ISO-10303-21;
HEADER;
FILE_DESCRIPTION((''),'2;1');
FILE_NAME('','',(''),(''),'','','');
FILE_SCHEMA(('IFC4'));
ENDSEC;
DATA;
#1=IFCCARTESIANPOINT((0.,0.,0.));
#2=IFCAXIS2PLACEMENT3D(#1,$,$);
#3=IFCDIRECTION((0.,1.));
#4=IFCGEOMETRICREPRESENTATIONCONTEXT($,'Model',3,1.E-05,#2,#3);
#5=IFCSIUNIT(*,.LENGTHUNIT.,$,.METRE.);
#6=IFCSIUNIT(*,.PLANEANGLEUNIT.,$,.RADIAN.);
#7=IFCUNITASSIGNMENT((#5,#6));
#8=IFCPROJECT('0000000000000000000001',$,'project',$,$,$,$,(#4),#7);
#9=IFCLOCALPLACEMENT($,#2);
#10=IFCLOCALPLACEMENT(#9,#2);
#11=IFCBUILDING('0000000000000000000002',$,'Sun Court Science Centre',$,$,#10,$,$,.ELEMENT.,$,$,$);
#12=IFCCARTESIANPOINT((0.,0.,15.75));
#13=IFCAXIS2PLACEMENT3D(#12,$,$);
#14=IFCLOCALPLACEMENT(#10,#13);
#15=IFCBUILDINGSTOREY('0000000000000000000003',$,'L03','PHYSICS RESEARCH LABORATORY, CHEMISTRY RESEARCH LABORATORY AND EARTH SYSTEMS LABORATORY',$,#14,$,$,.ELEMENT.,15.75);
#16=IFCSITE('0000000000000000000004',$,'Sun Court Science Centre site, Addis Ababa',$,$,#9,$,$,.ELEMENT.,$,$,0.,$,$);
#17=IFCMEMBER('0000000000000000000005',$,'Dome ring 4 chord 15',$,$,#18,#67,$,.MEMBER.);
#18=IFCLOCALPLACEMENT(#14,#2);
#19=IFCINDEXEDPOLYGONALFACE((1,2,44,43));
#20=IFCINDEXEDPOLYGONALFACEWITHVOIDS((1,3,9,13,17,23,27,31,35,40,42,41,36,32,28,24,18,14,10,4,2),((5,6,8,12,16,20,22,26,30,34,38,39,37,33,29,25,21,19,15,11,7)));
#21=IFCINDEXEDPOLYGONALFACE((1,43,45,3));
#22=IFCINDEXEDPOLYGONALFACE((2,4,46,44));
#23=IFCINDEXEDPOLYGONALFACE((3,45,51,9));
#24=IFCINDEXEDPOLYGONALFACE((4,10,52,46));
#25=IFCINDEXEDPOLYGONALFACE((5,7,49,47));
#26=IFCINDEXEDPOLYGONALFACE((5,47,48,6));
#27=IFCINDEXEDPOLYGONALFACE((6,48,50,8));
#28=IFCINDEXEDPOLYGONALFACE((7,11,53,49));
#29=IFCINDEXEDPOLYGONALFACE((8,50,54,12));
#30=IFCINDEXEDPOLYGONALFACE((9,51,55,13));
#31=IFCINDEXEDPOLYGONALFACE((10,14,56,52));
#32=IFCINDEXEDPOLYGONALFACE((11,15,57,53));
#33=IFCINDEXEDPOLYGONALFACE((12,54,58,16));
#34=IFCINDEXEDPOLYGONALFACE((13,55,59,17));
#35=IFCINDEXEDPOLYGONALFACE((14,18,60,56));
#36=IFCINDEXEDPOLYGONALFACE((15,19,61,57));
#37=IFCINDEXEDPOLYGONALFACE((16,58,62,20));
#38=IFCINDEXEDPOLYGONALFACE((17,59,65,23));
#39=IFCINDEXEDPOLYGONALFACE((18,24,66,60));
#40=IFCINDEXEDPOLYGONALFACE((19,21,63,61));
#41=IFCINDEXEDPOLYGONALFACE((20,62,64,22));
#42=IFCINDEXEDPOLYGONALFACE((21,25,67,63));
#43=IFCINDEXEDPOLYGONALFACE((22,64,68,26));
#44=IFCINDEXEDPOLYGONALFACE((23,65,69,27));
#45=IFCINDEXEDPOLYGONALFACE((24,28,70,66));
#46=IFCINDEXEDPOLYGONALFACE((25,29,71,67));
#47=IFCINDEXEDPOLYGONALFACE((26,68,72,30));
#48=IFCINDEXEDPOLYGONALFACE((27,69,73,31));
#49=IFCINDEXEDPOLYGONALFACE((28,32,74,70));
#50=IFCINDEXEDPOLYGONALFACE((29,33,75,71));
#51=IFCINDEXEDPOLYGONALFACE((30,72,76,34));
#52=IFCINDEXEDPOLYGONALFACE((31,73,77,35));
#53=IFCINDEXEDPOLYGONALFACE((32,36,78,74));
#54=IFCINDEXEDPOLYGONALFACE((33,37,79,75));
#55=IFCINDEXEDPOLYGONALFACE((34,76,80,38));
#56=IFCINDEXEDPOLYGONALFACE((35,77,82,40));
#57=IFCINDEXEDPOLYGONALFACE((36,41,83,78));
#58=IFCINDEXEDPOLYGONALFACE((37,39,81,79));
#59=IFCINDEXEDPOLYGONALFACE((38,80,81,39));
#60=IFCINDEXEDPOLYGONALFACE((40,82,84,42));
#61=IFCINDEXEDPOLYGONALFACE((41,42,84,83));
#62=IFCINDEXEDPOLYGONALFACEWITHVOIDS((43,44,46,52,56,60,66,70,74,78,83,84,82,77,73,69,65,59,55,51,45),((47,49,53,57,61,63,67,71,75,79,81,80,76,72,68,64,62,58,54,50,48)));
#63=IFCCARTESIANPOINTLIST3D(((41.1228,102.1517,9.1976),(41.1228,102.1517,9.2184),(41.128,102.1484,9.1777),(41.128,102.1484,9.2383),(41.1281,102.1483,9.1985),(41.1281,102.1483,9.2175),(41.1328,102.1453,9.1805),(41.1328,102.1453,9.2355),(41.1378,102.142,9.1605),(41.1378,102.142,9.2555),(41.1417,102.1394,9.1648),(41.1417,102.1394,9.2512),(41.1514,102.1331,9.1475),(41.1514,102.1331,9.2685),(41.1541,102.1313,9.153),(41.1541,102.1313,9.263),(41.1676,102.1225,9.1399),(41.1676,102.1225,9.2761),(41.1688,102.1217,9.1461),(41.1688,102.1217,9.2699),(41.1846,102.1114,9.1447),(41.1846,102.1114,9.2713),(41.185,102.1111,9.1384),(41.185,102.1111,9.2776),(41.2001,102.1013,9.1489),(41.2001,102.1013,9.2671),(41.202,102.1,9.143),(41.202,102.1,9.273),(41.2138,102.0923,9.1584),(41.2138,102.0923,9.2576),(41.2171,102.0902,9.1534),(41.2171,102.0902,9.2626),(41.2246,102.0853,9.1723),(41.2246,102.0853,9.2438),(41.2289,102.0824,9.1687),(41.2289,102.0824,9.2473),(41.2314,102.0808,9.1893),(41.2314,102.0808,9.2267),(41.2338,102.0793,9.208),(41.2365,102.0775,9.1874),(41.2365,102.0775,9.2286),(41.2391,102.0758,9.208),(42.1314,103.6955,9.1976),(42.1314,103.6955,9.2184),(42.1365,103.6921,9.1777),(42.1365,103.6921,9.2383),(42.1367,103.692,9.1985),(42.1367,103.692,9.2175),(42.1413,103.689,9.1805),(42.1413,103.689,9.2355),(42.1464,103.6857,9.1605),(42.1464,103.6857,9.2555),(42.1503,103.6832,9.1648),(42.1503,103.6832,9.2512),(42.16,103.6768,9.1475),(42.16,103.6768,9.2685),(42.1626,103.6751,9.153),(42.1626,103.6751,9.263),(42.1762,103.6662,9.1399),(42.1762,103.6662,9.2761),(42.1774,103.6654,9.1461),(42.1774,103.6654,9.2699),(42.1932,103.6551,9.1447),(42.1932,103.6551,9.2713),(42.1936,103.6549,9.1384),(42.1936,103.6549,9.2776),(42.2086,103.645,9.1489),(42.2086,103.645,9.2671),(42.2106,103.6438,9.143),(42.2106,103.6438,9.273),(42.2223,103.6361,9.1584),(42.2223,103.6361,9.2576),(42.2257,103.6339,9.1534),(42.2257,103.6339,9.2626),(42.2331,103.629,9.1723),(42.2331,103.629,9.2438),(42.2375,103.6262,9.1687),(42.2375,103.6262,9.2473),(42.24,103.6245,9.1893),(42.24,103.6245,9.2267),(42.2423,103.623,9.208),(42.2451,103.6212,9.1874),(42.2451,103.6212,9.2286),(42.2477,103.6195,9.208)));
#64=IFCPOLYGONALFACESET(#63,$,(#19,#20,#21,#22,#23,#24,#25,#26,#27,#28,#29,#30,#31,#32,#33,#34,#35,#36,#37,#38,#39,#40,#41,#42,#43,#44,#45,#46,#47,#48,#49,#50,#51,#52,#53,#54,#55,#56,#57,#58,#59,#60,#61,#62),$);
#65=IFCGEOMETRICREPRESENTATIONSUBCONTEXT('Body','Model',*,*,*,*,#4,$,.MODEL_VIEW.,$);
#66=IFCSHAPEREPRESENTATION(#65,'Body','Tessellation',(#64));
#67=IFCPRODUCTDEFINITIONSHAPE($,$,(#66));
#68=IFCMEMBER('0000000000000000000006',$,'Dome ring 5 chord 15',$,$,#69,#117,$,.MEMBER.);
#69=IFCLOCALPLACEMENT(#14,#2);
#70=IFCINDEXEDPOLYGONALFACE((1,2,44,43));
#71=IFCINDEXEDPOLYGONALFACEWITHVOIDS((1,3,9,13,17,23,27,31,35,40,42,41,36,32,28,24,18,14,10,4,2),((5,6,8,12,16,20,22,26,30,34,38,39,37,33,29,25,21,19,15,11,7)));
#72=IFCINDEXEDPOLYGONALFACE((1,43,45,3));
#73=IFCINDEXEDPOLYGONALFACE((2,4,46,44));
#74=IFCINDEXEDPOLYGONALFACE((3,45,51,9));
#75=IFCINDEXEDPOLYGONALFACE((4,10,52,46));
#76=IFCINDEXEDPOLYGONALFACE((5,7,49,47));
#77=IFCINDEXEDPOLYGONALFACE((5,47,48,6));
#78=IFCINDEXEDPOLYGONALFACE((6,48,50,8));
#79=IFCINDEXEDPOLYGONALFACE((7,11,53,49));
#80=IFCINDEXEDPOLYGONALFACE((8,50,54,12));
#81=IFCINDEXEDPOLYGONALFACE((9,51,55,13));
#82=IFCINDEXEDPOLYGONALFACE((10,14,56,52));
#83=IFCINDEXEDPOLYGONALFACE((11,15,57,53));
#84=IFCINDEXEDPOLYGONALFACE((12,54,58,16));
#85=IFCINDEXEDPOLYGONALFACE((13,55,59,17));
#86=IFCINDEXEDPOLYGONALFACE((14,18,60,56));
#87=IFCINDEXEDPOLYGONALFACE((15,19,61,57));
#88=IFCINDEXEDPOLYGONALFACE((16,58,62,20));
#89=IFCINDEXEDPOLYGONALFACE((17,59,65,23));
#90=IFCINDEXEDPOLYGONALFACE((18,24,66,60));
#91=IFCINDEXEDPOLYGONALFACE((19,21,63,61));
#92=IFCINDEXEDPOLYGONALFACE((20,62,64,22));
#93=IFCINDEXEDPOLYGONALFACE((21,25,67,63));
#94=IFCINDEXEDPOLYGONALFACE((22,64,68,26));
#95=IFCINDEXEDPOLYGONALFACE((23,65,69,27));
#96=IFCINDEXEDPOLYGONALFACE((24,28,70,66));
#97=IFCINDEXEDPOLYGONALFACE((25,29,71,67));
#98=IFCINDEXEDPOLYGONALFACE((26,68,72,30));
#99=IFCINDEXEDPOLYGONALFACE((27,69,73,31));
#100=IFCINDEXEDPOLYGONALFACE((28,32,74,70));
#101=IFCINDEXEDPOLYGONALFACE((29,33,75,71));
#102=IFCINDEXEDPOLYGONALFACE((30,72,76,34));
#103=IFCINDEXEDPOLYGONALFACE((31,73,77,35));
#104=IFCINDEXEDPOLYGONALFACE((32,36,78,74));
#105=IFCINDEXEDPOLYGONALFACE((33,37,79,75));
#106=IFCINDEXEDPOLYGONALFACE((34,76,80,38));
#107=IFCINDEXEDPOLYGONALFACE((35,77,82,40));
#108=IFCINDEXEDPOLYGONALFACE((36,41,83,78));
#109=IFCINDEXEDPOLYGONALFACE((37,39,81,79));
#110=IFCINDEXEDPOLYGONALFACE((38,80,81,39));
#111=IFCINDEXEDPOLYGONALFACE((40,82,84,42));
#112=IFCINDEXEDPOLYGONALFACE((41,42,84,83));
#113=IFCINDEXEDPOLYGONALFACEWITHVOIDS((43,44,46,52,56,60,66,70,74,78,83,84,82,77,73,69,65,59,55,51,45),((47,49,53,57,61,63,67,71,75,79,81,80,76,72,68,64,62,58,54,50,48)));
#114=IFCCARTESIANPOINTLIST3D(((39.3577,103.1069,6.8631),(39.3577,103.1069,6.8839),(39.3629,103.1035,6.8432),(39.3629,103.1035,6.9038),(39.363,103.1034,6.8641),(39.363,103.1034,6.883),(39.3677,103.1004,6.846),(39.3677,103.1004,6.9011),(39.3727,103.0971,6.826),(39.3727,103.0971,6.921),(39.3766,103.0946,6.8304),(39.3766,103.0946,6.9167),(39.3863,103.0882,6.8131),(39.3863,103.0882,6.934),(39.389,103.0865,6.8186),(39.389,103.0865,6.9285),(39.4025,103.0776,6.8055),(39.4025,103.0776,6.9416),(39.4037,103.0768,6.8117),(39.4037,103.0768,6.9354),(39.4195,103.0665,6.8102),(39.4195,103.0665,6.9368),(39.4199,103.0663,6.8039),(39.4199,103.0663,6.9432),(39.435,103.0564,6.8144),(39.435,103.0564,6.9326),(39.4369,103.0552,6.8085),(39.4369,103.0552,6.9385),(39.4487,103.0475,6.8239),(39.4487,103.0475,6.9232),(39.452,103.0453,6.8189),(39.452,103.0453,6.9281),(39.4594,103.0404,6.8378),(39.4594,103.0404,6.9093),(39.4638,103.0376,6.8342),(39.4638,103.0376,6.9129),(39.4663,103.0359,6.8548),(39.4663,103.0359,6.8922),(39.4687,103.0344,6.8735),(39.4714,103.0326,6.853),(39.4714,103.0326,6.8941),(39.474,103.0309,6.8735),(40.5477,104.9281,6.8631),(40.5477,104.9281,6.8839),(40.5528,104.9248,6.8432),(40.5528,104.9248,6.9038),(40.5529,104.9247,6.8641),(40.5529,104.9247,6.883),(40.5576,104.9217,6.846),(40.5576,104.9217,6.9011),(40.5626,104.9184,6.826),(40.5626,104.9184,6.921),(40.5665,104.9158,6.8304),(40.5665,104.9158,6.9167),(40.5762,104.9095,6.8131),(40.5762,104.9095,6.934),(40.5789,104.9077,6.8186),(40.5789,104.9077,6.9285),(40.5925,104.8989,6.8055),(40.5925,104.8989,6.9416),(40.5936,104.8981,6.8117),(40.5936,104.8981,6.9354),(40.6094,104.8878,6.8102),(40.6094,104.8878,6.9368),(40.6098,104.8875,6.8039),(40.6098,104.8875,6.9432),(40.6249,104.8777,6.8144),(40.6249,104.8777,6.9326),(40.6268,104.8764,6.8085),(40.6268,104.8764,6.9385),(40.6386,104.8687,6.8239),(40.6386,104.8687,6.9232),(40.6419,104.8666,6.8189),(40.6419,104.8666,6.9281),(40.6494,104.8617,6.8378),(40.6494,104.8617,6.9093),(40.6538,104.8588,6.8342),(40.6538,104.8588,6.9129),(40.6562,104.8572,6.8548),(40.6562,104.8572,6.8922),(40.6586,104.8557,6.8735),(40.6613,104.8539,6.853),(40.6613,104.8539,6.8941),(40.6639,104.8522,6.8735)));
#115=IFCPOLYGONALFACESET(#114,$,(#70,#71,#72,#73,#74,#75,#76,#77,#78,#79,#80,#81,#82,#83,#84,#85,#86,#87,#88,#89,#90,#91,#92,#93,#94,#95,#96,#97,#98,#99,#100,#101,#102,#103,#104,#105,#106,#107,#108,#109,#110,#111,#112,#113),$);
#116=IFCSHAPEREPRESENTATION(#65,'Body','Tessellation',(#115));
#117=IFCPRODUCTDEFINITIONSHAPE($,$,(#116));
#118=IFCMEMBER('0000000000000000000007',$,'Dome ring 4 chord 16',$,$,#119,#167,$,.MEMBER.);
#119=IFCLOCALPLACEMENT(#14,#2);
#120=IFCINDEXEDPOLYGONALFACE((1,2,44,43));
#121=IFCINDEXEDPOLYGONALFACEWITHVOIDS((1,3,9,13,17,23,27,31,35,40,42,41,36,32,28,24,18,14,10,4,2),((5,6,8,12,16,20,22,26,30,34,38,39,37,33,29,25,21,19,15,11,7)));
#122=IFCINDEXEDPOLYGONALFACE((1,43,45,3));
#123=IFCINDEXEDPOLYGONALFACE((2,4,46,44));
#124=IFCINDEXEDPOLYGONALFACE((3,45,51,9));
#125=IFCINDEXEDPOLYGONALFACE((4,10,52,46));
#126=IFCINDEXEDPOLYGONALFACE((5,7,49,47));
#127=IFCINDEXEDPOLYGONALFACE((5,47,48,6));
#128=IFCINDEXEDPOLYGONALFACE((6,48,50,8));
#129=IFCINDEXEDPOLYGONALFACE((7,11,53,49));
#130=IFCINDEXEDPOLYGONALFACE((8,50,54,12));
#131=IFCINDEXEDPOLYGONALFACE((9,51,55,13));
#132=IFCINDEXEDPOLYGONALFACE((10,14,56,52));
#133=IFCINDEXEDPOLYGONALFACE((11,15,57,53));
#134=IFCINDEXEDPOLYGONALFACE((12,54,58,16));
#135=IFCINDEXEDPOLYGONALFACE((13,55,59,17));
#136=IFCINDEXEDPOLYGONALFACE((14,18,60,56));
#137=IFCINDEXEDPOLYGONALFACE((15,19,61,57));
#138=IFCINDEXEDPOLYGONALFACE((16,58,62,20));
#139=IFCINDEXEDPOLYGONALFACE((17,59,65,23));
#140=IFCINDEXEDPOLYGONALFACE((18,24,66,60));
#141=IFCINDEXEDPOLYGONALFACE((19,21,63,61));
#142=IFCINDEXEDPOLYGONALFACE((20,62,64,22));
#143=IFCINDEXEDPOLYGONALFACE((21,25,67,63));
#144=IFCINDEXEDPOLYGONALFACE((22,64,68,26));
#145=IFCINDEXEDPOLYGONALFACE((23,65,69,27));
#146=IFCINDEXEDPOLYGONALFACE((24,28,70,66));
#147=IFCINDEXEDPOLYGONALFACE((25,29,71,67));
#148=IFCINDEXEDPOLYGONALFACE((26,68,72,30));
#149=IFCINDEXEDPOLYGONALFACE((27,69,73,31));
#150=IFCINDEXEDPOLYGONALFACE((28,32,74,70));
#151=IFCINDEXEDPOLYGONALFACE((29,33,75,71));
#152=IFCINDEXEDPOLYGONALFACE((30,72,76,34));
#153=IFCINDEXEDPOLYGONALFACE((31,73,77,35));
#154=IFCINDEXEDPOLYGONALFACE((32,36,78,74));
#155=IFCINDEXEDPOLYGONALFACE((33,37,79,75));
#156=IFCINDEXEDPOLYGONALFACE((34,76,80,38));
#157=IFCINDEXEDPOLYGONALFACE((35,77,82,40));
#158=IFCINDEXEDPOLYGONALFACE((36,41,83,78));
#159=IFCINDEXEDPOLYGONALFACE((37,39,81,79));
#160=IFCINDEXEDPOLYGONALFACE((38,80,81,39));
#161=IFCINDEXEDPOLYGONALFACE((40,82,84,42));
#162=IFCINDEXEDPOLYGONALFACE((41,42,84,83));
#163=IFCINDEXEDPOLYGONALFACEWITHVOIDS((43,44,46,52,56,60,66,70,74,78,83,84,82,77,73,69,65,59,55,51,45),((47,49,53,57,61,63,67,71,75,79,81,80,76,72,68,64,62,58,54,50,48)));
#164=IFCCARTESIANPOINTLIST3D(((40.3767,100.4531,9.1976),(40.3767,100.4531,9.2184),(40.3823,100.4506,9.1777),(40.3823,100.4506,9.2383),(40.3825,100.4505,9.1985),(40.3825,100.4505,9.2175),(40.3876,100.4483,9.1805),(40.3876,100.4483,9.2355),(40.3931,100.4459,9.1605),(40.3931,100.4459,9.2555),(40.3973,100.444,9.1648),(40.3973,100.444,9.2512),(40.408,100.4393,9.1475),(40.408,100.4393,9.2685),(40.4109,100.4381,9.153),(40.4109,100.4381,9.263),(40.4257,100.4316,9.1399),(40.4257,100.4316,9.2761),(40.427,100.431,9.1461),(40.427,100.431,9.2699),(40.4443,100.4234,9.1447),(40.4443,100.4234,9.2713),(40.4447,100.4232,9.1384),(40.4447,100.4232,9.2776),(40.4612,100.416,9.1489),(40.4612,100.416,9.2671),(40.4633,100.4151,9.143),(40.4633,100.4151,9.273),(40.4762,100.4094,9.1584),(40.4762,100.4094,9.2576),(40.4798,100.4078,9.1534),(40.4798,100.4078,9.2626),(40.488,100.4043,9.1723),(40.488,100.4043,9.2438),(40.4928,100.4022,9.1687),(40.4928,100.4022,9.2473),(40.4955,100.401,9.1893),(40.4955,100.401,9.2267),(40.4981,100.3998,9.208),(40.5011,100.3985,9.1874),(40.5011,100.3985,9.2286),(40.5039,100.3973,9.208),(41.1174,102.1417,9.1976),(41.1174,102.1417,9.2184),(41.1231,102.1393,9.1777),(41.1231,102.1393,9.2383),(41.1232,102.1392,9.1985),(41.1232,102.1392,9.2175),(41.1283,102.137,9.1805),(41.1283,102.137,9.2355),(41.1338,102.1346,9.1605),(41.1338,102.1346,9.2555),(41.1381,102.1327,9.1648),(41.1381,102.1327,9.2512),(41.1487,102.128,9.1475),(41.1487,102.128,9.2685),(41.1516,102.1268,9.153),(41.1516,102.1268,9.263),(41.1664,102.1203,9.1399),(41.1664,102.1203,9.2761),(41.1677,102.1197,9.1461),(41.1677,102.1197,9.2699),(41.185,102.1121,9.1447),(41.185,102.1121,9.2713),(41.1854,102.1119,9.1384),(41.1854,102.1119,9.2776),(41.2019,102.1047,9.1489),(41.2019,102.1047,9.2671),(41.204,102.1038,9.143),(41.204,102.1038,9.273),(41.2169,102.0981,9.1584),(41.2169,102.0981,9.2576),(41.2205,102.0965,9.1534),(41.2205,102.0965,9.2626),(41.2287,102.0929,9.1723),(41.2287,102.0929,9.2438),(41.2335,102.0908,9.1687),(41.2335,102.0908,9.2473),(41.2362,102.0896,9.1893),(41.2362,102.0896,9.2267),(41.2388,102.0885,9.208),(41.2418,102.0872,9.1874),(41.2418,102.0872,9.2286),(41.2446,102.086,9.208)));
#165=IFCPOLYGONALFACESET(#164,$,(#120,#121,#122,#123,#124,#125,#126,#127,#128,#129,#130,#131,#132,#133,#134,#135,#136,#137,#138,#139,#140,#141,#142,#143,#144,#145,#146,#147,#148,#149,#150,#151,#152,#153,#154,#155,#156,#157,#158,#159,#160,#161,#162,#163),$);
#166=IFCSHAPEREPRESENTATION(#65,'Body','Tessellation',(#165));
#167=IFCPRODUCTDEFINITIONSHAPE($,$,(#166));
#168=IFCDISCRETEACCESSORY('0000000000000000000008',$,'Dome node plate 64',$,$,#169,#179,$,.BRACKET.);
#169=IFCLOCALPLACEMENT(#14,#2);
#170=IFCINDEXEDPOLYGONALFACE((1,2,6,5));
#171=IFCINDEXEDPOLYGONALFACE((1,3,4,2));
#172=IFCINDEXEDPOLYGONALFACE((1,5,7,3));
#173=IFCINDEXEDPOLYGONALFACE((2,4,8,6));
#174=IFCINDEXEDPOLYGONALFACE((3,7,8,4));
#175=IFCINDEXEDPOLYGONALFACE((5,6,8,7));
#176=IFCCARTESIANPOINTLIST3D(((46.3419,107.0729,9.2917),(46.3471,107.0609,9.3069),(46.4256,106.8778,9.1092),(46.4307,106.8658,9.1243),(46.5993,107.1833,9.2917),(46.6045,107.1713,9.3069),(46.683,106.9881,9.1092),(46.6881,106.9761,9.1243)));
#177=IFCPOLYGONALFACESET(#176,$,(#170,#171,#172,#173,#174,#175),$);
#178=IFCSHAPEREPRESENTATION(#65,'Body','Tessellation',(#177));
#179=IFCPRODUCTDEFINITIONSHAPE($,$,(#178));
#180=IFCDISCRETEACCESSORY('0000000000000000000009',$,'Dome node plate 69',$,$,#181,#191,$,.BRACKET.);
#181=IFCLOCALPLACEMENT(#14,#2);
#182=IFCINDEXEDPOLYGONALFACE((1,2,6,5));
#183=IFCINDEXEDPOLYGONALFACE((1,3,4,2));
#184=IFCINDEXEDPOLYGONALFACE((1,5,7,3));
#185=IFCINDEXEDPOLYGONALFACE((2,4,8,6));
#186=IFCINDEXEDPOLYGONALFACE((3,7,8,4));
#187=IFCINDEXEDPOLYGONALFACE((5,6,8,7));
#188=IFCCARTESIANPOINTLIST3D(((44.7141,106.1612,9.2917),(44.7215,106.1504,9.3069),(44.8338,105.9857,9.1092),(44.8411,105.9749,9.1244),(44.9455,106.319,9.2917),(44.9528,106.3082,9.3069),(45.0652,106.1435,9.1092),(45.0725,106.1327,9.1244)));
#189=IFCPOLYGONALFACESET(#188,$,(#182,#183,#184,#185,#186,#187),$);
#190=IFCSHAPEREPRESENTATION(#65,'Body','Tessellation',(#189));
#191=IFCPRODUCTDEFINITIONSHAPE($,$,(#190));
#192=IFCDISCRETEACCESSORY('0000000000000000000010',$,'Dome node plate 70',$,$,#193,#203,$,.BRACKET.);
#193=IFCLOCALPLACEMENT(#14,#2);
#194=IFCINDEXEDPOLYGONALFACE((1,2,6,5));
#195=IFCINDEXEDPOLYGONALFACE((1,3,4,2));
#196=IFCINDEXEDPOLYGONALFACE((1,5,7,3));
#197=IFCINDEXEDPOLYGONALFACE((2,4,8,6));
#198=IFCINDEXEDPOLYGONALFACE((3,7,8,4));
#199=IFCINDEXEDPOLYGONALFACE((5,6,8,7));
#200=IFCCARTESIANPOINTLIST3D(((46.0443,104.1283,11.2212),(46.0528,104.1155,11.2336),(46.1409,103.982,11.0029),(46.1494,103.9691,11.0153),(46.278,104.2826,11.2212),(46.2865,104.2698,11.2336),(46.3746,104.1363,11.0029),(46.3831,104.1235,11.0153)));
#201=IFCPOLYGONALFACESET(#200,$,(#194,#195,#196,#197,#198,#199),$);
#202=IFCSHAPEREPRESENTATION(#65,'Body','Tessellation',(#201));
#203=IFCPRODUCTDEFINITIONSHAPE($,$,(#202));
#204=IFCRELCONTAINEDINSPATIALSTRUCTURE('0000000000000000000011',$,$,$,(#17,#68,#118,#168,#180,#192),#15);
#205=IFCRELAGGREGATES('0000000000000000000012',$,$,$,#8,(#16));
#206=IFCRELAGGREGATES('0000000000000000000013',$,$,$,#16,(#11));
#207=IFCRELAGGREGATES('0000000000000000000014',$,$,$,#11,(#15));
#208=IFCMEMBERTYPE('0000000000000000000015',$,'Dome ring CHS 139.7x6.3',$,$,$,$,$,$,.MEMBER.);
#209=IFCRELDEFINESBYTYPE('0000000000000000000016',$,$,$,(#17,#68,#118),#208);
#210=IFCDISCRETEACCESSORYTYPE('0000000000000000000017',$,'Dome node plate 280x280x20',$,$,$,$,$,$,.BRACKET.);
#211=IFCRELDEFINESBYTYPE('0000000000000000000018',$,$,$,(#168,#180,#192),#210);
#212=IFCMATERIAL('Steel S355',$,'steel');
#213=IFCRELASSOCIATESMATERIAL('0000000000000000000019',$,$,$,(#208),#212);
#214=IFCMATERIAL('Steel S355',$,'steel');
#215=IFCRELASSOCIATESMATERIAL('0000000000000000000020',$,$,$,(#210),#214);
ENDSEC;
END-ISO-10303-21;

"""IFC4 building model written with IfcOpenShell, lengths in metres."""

from ifc_helpers import new_model, si_unit, direction, frame, origin, origin_2d, place, context, subcontext, project, spatial, rectangle, hollow_circle, extrude, material, material_profile, profile_set, type_object, element, save


model = new_model("IFC4")

# Units and contexts
model_context = context("Model", 3, precision=1e-05, world=origin(), true_north=direction((0.0, 1.0)))
body_context = subcontext(model_context, "Body", "Model", "MODEL_VIEW")
ifc_project = project(units=[si_unit("LENGTHUNIT", "METRE"), si_unit("PLANEANGLEUNIT", "RADIAN")], contexts=[model_context])

# Site, building, storey
site_placement = place(None, origin())
site = spatial("IfcSite", under=ifc_project, at=site_placement, Name="Sun Court Science Centre site, Addis Ababa", CompositionType="ELEMENT", RefElevation=0.0)
building_placement = place(site_placement, origin())
building = spatial("IfcBuilding", under=site, at=building_placement, Name="Sun Court Science Centre", CompositionType="ELEMENT")
storey_placement = place(building_placement, frame((0.0, 0.0, 15.75)))
storey = spatial("IfcBuildingStorey", under=building, at=storey_placement, Name="L03", Description="PHYSICS RESEARCH LABORATORY, CHEMISTRY RESEARCH LABORATORY AND EARTH SYSTEMS LABORATORY", CompositionType="ELEMENT", Elevation=15.75)

# Members
ifc_material_1 = material(Name="Steel S355", Category="steel")
ifc_material_profile_1 = material_profile(ifc_material_1, hollow_circle(Radius=0.0698, WallThickness=0.0063, at=origin_2d()), Name="CHS 139.7x6.3")
ifc_profile_set_1 = profile_set([ifc_material_profile_1], Name="Steel S355")
member_type_1 = type_object("IfcMemberType", Name="Dome ring CHS 139.7x6.3", PredefinedType="MEMBER", material=ifc_profile_set_1)
member_1_placement = place(storey_placement, frame((42.1892, 103.6577, 9.208), z_axis=(-0.546946, -0.837168, 0.0), x_axis=(0.837168, -0.546946, 0.0)))
element("IfcMember", 1, at=member_1_placement, inside=storey, type_object=member_type_1, Name="Dome ring 4 chord 15", PredefinedType="MEMBER", context=body_context, shape_type="SweptSolid", body=[
    extrude(hollow_circle(Radius=0.0698, WallThickness=0.0063, at=origin_2d()), origin(), (0.0, 0.0, 1.0), 1.844),
])
member_2_placement = place(storey_placement, frame((40.6055, 104.8904, 6.8735), z_axis=(-0.546959, -0.837159, 0.0), x_axis=(0.837159, -0.546959, 0.0)))
element("IfcMember", 2, at=member_2_placement, inside=storey, type_object=member_type_1, Name="Dome ring 5 chord 15", PredefinedType="MEMBER", context=body_context, shape_type="SweptSolid", body=[
    extrude(hollow_circle(Radius=0.0698, WallThickness=0.0063, at=origin_2d()), origin(), (0.0, 0.0, 1.0), 2.1755),
])
member_3_placement = place(storey_placement, frame((41.1807, 102.114, 9.208), z_axis=(-0.401687, -0.915777, 0.0), x_axis=(0.915777, -0.401687, 0.0)))
element("IfcMember", 3, at=member_3_placement, inside=storey, type_object=member_type_1, Name="Dome ring 4 chord 16", PredefinedType="MEMBER", context=body_context, shape_type="SweptSolid", body=[
    extrude(hollow_circle(Radius=0.0698, WallThickness=0.0063, at=origin_2d()), origin(), (0.0, 0.0, 1.0), 1.844),
])

# Discrete accessories
ifc_material_2 = material(Name="Steel S355", Category="steel")
ifc_material_profile_2 = material_profile(ifc_material_2, rectangle(XDim=0.28, YDim=0.28, at=origin_2d()), Name="PL 280x280")
ifc_profile_set_2 = profile_set([ifc_material_profile_2], Name="Steel S355")
discrete_accessory_type = type_object("IfcDiscreteAccessoryType", Name="Dome node plate 280x280x20", PredefinedType="BRACKET", material=ifc_profile_set_2)
for number, where, z_axis, x_axis, name in (
    (4, (46.5125, 107.0305, 9.2004), (0.256824, -0.599257, 0.758243), (0.919145, 0.393919, 0.0), "Dome node plate 64"),
    (5, (44.8896, 106.1523, 9.2004), (0.367057, -0.53835, 0.758584), (0.826227, 0.563337, 0.0), "Dome node plate 69"),
):
    element("IfcDiscreteAccessory", number, at=place(storey_placement, frame(where, z_axis=z_axis, x_axis=x_axis)), inside=storey, type_object=discrete_accessory_type, Name=name, PredefinedType="BRACKET", context=body_context, shape_type="SweptSolid", body=[
        extrude(rectangle(XDim=0.28, YDim=0.28, at=origin_2d()), origin(), (0.0, 0.0, 1.0), 0.02),
    ])
discrete_accessory_placement = place(storey_placement, frame((46.2095, 104.1323, 11.1121), z_axis=(0.429682, -0.650662, 0.626109), x_axis=(0.834465, 0.551062, 0.0)))
element("IfcDiscreteAccessory", 6, at=discrete_accessory_placement, inside=storey, type_object=discrete_accessory_type, Name="Dome node plate 70", PredefinedType="BRACKET", context=body_context, shape_type="SweptSolid", body=[
    extrude(rectangle(XDim=0.28, YDim=0.28, at=origin_2d()), origin(), (0.0, 0.0, 1.0), 0.0198),
])

save(model, "model.ifc")
